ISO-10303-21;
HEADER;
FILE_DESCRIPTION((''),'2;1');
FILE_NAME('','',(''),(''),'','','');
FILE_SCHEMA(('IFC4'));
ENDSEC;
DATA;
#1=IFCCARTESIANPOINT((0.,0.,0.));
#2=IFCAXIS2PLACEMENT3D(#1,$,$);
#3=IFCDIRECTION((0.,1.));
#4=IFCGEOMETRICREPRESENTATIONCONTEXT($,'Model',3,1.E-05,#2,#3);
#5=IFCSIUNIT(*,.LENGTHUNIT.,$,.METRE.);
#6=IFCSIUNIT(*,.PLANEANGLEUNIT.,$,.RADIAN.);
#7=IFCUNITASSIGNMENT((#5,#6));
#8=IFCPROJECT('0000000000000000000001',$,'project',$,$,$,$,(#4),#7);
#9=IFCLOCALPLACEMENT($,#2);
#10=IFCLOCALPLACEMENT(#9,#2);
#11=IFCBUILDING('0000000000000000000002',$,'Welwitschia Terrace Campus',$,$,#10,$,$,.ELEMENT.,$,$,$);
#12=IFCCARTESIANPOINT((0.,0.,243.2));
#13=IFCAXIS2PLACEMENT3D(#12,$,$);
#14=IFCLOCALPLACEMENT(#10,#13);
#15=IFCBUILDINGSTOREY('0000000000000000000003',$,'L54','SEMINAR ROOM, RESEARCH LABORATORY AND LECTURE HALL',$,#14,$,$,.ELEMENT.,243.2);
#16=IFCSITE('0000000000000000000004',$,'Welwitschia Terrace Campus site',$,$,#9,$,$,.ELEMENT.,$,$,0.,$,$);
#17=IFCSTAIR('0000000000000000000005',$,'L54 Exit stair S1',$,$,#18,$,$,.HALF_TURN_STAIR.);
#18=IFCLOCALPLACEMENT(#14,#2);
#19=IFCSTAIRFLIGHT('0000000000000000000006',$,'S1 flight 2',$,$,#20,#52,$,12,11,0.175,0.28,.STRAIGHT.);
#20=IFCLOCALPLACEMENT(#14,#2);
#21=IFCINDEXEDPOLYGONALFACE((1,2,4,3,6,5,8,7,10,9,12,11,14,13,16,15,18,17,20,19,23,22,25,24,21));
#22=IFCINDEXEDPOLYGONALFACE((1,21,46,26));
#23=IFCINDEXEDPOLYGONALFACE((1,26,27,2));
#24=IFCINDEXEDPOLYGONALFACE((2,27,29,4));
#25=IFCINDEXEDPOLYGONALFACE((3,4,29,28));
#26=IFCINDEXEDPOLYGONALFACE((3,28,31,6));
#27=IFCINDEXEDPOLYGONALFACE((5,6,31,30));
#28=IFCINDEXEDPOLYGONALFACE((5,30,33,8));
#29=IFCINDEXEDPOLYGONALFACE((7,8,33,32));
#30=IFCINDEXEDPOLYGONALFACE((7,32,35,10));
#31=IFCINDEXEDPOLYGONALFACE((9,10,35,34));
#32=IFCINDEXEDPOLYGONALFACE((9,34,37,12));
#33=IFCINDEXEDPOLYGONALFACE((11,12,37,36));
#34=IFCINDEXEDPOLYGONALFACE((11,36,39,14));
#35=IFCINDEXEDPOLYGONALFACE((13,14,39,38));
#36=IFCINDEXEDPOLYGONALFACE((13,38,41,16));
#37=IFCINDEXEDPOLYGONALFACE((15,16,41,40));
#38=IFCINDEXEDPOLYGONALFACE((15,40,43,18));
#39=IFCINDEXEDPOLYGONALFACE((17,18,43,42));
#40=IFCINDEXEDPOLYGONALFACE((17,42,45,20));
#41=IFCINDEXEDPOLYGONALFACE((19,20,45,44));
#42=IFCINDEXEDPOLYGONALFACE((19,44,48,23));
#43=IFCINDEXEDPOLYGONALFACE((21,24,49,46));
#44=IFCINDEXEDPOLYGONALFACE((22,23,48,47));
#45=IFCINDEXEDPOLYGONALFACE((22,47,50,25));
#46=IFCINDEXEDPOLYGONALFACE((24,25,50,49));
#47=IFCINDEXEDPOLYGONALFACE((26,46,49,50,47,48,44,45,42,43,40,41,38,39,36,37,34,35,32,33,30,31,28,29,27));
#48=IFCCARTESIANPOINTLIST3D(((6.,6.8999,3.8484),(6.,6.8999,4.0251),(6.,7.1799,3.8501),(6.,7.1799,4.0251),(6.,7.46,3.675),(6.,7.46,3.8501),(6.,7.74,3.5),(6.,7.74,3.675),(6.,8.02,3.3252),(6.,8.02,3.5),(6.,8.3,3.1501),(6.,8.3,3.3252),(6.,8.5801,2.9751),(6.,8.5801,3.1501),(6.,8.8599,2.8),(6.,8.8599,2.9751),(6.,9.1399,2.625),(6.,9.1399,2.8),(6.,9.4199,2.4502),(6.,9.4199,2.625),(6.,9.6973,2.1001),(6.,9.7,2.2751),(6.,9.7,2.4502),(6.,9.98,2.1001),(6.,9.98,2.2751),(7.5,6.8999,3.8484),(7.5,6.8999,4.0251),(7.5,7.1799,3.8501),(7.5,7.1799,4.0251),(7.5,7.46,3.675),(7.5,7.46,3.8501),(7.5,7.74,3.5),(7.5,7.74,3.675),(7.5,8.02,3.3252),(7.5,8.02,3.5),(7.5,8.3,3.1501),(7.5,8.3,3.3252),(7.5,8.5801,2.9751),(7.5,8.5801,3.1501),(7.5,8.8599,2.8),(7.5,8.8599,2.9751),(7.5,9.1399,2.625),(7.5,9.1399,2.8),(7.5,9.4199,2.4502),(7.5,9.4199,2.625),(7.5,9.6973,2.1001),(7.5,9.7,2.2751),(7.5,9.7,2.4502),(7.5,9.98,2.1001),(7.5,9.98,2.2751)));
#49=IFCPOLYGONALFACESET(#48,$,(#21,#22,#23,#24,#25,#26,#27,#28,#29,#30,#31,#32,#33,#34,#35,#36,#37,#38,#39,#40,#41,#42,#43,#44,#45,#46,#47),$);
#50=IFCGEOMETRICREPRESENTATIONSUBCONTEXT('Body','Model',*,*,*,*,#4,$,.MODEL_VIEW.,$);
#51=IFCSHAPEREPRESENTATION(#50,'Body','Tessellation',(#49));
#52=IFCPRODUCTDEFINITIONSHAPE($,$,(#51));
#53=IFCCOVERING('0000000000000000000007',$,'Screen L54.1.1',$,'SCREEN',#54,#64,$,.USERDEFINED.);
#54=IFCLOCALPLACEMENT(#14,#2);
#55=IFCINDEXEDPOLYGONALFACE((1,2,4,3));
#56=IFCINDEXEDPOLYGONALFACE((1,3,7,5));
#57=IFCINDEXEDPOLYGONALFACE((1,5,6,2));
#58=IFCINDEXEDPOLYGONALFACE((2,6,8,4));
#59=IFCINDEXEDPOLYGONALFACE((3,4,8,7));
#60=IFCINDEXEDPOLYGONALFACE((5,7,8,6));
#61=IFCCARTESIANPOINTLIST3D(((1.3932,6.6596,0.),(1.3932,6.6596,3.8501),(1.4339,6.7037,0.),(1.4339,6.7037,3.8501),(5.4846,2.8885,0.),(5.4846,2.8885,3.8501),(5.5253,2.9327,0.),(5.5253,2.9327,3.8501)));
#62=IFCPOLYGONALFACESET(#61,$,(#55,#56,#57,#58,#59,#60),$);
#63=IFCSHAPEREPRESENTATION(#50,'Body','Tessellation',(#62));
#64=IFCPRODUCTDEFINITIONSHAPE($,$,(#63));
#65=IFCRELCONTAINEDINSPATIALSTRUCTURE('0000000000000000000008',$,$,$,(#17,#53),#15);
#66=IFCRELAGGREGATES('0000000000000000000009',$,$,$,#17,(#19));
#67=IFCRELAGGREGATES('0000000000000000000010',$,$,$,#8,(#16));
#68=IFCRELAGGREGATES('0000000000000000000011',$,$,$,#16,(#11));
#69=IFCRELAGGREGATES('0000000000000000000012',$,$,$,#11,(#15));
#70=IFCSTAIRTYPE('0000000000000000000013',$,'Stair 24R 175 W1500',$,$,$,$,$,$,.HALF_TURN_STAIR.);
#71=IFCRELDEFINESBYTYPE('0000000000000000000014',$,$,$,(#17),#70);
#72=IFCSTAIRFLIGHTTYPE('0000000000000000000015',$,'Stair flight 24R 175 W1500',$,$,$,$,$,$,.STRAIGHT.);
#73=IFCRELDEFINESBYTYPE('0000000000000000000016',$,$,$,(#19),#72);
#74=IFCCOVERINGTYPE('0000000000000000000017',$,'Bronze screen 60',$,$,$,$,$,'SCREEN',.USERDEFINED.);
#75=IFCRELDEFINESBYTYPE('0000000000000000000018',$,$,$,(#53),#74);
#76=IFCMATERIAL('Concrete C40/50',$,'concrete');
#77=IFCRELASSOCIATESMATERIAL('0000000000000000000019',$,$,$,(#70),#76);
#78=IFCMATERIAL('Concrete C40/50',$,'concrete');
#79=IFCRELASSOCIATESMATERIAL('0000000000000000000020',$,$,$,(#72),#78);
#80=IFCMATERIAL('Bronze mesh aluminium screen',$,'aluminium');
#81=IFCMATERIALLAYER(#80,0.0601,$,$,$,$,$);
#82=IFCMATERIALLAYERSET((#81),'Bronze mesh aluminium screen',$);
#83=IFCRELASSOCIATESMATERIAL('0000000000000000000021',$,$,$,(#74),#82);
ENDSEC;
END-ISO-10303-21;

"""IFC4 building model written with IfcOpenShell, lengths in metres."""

from ifc_helpers import new_model, si_unit, direction, frame, origin, origin_2d, place, context, subcontext, project, spatial, polyline, rectangle, outline, extrude, material, layer, layer_set, type_object, element, aggregate, save


model = new_model("IFC4")

# Units and contexts
model_context = context("Model", 3, precision=1e-05, world=origin(), true_north=direction((0.0, 1.0)))
body_context = subcontext(model_context, "Body", "Model", "MODEL_VIEW")
ifc_project = project(units=[si_unit("LENGTHUNIT", "METRE"), si_unit("PLANEANGLEUNIT", "RADIAN")], contexts=[model_context])

# Site, building, storey
site_placement = place(None, origin())
site = spatial("IfcSite", under=ifc_project, at=site_placement, Name="Welwitschia Terrace Campus site", CompositionType="ELEMENT", RefElevation=0.0)
building_placement = place(site_placement, origin())
building = spatial("IfcBuilding", under=site, at=building_placement, Name="Welwitschia Terrace Campus", CompositionType="ELEMENT")
storey_placement = place(building_placement, frame((0.0, 0.0, 243.2)))
storey = spatial("IfcBuildingStorey", under=building, at=storey_placement, Name="L54", Description="SEMINAR ROOM, RESEARCH LABORATORY AND LECTURE HALL", CompositionType="ELEMENT", Elevation=243.2)

# Stair, stair flight
ifc_material_1 = material(Name="Concrete C40/50", Category="concrete")
stair_type = type_object("IfcStairType", Name="Stair 24R 175 W1500", PredefinedType="HALF_TURN_STAIR", material=ifc_material_1)
stair_placement = place(storey_placement, origin())
stair = element("IfcStair", 1, at=stair_placement, inside=storey, type_object=stair_type, Name="L54 Exit stair S1", PredefinedType="HALF_TURN_STAIR")
ifc_material_2 = material(Name="Concrete C40/50", Category="concrete")
stair_flight_type = type_object("IfcStairFlightType", Name="Stair flight 24R 175 W1500", PredefinedType="STRAIGHT", material=ifc_material_2)
stair_flight_1_placement = place(storey_placement, frame((6.75, 9.98, 2.1001), z_axis=(0.0, 0.0, 1.0), x_axis=(0.0, -1.0, 0.0)))
stair_flight_1 = element("IfcStairFlight", 2, at=stair_flight_1_placement, type_object=stair_flight_type, Name="S1 flight 2", NumberOfRisers=12, NumberOfTreads=11, PredefinedType="STRAIGHT", RiserHeight=0.175, TreadLength=0.28, context=body_context, shape_type="SweptSolid", body=[
    extrude(outline(polyline([(0.0, 0.0), (0.0, 0.175), (0.28, 0.175), (0.28, 0.3501), (0.5601, 0.3501), (0.5601, 0.5249), (0.8401, 0.5249), (0.8401, 0.7), (1.1201, 0.7), (1.1201, 0.875), (1.3999, 0.875), (1.3999, 1.05), (1.6799, 1.05), (1.6799, 1.2251), (1.96, 1.2251), (1.96, 1.3999), (2.24, 1.3999), (2.24, 1.575), (2.52, 1.575), (2.52, 1.75), (2.8, 1.75), (2.8, 1.925), (3.0801, 1.925), (3.0801, 2.1001), (3.0801, 1.7483), (0.2827, 0.0), (0.0, 0.0)])), frame((0.0, 0.75, 0.0), z_axis=(0.0, -1.0, 0.0), x_axis=(1.0, 0.0, 0.0)), (0.0, 0.0, 1.0), 1.5),
])
aggregate(stair, [stair_flight_1])

# Covering
ifc_material_3 = material(Name="Bronze mesh aluminium screen", Category="aluminium")
ifc_layer_1 = layer(ifc_material_3, 0.0601)
ifc_layer_set_1 = layer_set([ifc_layer_1], Name="Bronze mesh aluminium screen")
covering_type = type_object("IfcCoveringType", Name="Bronze screen 60", ElementType="SCREEN", PredefinedType="USERDEFINED", material=ifc_layer_set_1)
covering_placement = place(storey_placement, frame((3.4592, 4.7961, 0.0), z_axis=(0.0, 0.0, 1.0), x_axis=(0.735311, -0.67773, 0.0)))
element("IfcCovering", 3, at=covering_placement, inside=storey, type_object=covering_type, Name="Screen L54.1.1", ObjectType="SCREEN", PredefinedType="USERDEFINED", context=body_context, shape_type="SweptSolid", body=[
    extrude(rectangle(XDim=5.5642, YDim=0.0601, at=origin_2d()), origin(), (0.0, 0.0, 1.0), 3.8501),
])

save(model, "model.ifc")
